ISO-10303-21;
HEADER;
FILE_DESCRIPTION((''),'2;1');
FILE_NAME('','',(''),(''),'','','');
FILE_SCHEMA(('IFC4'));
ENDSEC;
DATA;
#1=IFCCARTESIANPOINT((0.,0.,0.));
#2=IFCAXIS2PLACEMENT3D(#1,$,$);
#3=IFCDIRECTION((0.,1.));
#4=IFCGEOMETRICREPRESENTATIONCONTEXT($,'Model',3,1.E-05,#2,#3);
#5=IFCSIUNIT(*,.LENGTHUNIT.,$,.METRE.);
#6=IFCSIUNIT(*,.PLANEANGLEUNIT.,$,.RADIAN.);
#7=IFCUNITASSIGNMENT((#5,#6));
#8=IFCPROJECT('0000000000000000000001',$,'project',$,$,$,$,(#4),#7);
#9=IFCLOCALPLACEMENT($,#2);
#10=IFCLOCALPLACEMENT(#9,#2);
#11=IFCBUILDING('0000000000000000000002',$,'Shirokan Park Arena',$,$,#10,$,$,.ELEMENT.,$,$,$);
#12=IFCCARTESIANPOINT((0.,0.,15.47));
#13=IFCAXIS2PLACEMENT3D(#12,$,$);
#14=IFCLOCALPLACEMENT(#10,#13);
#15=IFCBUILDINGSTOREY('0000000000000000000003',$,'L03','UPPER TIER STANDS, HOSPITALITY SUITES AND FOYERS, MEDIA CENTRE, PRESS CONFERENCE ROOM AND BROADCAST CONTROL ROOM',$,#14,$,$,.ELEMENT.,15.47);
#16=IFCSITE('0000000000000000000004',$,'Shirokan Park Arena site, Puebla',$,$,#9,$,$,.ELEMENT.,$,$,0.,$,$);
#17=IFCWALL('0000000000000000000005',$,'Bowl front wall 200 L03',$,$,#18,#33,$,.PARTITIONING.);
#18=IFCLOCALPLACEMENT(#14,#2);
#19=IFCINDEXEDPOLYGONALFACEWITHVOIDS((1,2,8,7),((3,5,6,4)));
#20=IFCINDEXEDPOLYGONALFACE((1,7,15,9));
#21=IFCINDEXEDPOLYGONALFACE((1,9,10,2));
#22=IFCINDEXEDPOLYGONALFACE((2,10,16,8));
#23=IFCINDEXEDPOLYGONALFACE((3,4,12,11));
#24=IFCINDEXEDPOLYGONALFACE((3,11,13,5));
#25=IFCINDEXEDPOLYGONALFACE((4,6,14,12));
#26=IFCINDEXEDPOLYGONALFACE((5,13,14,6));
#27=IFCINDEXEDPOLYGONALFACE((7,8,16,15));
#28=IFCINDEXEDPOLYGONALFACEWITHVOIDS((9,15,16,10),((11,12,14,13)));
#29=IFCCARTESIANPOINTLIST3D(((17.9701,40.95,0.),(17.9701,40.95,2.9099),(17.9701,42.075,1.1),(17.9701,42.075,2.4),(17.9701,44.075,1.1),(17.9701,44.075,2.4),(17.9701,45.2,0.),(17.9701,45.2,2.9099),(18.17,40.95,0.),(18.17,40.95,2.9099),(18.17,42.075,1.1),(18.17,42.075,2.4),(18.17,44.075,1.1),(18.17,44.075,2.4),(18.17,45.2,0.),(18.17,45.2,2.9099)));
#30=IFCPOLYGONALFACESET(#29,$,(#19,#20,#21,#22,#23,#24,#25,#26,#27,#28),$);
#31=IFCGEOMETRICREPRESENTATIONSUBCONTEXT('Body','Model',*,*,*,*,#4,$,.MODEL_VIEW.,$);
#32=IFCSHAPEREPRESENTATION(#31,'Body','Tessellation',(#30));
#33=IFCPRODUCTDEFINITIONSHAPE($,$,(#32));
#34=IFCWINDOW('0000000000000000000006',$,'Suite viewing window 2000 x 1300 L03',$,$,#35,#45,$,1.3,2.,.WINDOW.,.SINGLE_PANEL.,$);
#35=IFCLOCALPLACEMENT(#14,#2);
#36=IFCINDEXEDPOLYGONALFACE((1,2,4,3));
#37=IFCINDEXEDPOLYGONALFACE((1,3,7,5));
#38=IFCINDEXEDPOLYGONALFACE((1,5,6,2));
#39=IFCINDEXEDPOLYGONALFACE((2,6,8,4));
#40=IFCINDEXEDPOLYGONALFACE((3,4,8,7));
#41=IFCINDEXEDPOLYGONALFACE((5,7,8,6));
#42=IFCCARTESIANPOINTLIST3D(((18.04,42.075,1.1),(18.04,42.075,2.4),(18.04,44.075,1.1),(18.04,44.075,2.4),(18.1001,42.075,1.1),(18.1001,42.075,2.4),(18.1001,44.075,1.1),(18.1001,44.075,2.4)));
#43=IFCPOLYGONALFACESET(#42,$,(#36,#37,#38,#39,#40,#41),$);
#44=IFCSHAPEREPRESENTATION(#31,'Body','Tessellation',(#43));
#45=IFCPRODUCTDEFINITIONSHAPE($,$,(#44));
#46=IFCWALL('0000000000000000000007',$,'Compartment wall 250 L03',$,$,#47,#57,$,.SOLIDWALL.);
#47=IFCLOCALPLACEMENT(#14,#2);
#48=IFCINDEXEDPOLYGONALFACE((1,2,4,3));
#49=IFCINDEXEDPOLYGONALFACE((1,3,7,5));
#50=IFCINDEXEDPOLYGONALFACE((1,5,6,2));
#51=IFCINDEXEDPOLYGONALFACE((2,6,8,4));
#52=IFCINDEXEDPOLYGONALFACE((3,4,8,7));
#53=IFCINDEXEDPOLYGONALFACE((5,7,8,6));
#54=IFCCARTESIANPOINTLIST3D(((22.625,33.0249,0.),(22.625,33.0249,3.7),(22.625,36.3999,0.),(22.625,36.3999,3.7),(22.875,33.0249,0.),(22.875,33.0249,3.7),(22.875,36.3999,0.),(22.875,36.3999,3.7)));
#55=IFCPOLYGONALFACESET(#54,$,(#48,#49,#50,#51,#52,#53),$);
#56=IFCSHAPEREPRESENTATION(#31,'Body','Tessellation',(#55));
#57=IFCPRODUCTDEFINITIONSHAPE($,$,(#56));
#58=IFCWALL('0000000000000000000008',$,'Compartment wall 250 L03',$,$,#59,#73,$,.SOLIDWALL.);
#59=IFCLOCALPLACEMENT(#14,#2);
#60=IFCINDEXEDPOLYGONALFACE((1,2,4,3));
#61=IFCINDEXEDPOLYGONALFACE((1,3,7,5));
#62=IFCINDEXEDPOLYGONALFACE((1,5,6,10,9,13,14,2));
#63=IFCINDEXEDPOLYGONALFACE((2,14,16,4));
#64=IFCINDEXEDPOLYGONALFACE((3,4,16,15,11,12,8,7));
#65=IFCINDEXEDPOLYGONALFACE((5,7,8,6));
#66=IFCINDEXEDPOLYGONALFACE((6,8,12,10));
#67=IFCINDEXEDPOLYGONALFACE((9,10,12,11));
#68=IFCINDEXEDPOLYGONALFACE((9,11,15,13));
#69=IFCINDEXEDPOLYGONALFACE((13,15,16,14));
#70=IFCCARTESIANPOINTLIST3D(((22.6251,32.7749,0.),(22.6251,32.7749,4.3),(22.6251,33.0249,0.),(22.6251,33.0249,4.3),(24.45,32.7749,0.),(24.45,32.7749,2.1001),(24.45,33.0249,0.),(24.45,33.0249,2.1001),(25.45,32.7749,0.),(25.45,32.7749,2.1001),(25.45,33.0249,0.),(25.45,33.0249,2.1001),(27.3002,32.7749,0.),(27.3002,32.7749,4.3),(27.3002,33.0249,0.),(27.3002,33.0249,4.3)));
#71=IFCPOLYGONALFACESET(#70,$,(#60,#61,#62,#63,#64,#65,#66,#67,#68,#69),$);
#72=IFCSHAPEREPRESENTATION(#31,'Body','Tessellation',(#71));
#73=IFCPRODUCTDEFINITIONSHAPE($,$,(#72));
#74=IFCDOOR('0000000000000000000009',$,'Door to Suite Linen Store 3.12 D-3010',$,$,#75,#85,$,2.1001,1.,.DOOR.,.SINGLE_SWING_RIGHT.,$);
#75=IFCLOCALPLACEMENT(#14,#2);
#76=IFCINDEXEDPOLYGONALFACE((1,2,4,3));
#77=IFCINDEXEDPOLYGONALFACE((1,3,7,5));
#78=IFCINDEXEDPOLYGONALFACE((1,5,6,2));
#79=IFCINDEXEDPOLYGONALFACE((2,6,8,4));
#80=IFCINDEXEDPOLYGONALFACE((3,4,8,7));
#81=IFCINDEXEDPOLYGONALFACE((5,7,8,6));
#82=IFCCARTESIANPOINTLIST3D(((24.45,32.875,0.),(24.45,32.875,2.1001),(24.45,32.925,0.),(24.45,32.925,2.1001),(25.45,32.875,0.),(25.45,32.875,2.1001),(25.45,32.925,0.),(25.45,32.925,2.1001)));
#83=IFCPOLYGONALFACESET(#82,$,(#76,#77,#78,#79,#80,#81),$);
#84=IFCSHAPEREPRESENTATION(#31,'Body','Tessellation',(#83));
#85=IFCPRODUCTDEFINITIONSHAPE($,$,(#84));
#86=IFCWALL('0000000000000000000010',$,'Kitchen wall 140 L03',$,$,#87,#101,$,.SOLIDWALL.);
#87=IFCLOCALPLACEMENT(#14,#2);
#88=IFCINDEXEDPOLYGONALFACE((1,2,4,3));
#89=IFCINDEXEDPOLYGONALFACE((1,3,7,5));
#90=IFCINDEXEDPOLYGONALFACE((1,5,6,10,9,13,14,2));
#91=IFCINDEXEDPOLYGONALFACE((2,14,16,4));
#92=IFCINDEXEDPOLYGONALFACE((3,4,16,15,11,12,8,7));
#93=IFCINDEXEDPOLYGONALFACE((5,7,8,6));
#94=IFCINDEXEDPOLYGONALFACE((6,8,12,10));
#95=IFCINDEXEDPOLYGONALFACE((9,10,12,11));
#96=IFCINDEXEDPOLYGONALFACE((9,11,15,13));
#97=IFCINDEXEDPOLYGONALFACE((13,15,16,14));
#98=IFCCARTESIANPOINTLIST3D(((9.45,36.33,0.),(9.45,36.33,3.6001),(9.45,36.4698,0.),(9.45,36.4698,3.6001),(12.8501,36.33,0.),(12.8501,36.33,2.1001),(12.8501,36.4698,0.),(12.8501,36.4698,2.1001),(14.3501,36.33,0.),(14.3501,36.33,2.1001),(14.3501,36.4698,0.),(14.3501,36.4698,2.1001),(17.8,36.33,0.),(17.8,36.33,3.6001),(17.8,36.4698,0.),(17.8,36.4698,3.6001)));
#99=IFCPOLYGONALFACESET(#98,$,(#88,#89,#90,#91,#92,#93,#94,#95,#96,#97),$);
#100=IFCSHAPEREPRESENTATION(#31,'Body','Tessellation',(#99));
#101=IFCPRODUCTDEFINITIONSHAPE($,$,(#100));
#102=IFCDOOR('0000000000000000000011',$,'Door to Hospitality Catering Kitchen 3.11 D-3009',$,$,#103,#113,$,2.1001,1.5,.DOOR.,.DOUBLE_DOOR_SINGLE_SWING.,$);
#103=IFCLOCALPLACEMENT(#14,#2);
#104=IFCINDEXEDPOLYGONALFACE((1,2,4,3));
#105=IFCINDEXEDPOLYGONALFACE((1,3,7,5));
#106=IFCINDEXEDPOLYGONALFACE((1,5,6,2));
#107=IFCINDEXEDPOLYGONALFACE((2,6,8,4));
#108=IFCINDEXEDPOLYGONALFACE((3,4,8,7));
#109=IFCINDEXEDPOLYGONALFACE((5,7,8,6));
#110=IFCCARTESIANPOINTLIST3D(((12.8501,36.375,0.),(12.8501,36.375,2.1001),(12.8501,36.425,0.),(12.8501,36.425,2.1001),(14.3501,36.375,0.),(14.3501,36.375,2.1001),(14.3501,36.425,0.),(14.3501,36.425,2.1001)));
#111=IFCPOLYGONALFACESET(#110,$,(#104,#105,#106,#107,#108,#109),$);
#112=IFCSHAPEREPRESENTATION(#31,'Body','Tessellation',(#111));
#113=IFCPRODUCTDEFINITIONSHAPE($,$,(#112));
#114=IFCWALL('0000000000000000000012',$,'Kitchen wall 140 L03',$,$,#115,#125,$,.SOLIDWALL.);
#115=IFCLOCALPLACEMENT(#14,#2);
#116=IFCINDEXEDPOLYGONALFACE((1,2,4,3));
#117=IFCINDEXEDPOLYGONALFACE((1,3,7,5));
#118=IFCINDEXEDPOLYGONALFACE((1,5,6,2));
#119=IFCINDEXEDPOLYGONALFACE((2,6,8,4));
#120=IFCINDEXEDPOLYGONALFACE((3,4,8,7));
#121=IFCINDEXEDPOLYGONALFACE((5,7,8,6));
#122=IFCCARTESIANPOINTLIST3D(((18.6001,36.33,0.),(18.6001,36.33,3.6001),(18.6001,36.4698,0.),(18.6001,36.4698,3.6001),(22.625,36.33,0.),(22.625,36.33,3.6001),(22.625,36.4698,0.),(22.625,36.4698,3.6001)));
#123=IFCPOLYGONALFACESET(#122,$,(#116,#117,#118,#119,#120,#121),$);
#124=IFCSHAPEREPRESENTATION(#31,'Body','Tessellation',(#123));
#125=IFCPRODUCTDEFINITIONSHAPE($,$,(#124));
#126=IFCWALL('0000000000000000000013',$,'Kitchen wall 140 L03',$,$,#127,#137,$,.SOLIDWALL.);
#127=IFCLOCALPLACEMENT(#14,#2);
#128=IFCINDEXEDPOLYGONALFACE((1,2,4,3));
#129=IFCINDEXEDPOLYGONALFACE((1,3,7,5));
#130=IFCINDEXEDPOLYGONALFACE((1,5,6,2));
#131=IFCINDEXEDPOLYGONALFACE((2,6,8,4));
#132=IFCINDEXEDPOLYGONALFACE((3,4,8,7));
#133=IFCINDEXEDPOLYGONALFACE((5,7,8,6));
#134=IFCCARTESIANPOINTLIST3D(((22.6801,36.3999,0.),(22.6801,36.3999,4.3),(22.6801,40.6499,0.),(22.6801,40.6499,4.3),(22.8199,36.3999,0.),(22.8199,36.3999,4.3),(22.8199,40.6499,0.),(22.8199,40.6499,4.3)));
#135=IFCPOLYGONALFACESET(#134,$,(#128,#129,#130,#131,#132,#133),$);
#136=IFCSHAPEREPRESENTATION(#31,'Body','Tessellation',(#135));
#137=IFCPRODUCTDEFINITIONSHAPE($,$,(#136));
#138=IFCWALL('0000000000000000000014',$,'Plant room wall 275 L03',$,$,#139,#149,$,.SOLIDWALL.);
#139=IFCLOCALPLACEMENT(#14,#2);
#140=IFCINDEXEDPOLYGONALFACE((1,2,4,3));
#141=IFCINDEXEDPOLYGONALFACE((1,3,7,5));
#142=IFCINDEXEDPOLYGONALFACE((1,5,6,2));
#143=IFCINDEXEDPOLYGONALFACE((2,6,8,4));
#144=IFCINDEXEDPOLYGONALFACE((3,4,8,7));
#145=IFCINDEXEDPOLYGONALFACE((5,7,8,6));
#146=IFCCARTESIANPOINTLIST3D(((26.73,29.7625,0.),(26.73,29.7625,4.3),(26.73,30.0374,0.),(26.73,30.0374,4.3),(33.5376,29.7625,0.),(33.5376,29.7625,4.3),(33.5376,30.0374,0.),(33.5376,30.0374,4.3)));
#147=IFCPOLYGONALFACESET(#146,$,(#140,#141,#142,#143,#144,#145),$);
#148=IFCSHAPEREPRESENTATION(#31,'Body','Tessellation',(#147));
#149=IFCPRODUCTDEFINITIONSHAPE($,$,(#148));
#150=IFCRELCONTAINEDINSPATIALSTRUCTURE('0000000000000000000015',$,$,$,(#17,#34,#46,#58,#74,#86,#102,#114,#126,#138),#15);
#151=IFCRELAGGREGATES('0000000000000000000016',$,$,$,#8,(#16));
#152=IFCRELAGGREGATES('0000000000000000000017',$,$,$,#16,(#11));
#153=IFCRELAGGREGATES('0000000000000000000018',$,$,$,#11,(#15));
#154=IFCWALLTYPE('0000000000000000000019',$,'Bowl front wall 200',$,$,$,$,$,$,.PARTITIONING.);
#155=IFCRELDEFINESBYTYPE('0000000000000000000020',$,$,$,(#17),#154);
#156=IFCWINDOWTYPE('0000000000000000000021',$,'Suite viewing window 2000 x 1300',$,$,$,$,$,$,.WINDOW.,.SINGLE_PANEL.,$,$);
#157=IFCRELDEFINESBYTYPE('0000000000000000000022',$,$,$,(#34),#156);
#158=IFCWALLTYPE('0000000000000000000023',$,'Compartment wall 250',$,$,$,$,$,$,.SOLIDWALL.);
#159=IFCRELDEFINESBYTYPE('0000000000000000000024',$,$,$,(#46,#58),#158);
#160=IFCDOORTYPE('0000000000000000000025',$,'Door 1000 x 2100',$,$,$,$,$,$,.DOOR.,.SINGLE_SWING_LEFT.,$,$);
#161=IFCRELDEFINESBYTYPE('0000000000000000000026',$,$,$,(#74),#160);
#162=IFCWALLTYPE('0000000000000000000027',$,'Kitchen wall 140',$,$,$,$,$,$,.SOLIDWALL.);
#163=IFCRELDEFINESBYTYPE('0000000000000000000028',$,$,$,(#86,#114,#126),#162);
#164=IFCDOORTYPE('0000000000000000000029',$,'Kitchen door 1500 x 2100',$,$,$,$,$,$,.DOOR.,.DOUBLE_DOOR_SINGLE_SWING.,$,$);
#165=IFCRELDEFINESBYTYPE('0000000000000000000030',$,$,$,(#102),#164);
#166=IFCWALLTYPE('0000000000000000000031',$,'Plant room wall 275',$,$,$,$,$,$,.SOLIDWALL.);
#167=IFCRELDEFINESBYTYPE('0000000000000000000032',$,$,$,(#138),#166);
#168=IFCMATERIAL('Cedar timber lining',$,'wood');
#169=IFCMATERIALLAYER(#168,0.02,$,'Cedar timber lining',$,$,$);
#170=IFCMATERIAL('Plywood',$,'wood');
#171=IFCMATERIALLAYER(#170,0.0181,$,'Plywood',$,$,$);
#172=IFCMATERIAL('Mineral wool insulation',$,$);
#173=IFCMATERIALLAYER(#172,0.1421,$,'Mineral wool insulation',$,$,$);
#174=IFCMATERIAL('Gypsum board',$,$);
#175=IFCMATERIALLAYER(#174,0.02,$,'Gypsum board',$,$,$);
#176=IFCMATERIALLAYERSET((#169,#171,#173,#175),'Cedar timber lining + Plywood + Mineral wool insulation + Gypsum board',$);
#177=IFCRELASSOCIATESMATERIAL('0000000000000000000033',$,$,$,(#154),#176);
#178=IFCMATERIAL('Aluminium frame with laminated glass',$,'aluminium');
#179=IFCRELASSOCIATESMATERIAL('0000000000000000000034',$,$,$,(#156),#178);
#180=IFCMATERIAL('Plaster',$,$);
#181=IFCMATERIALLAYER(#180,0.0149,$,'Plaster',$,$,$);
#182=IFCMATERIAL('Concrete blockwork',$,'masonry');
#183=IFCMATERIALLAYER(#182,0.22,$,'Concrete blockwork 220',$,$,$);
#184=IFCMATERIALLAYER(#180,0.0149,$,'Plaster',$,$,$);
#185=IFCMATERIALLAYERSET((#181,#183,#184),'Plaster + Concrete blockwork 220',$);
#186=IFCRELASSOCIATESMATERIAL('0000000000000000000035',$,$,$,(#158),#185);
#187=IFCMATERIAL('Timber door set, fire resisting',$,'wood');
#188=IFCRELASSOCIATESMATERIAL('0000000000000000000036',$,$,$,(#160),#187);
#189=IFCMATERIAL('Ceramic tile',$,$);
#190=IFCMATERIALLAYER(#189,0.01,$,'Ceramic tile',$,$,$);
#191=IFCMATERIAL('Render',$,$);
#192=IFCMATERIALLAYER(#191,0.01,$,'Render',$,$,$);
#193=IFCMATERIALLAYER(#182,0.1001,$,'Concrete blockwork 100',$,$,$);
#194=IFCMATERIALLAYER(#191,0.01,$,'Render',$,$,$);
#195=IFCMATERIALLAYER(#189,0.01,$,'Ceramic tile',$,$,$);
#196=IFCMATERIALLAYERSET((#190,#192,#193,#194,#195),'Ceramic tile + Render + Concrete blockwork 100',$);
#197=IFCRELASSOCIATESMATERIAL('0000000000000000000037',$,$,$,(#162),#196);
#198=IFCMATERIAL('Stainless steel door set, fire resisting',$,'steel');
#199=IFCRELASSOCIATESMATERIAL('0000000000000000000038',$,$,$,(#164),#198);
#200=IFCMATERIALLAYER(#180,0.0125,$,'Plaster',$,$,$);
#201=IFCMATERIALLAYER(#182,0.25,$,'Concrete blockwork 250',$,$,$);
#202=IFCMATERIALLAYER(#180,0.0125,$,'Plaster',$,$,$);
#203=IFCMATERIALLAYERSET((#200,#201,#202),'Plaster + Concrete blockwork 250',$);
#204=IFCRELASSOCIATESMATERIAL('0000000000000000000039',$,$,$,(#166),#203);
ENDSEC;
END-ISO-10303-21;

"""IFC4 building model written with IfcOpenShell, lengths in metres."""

from ifc_helpers import new_model, si_unit, direction, frame, frame_2d, origin, place, context, subcontext, project, spatial, rectangle, extrude, material, layer, layer_set, type_object, element, fill, save


model = new_model("IFC4")

# Units and contexts
model_context = context("Model", 3, precision=1e-05, world=origin(), true_north=direction((0.0, 1.0)))
body_context = subcontext(model_context, "Body", "Model", "MODEL_VIEW")
ifc_project = project(units=[si_unit("LENGTHUNIT", "METRE"), si_unit("PLANEANGLEUNIT", "RADIAN")], contexts=[model_context])

# Site, building, storey
site_placement = place(None, origin())
site = spatial("IfcSite", under=ifc_project, at=site_placement, Name="Shirokan Park Arena site, Puebla", CompositionType="ELEMENT", RefElevation=0.0)
building_placement = place(site_placement, origin())
building = spatial("IfcBuilding", under=site, at=building_placement, Name="Shirokan Park Arena", CompositionType="ELEMENT")
storey_placement = place(building_placement, frame((0.0, 0.0, 15.47)))
storey = spatial("IfcBuildingStorey", under=building, at=storey_placement, Name="L03", Description="UPPER TIER STANDS, HOSPITALITY SUITES AND FOYERS, MEDIA CENTRE, PRESS CONFERENCE ROOM AND BROADCAST CONTROL ROOM", CompositionType="ELEMENT", Elevation=15.47)

# Wall, opening, window
ifc_material_1 = material(Name="Cedar timber lining", Category="wood")
ifc_layer_1 = layer(ifc_material_1, 0.02, Name="Cedar timber lining")
ifc_material_2 = material(Name="Plywood", Category="wood")
ifc_layer_2 = layer(ifc_material_2, 0.0181, Name="Plywood")
ifc_material_3 = material(Name="Mineral wool insulation")
ifc_layer_3 = layer(ifc_material_3, 0.1421, Name="Mineral wool insulation")
ifc_material_4 = material(Name="Gypsum board")
ifc_layer_4 = layer(ifc_material_4, 0.02, Name="Gypsum board")
ifc_layer_set_1 = layer_set([ifc_layer_1, ifc_layer_2, ifc_layer_3, ifc_layer_4], Name="Cedar timber lining + Plywood + Mineral wool insulation + Gypsum board")
wall_type_1 = type_object("IfcWallType", Name="Bowl front wall 200", PredefinedType="PARTITIONING", material=ifc_layer_set_1)
wall_1_placement = place(storey_placement, frame((18.0701, 45.2, 0.0), z_axis=(0.0, 0.0, 1.0), x_axis=(0.0, -1.0, 0.0)))
wall_1 = element("IfcWall", 1, at=wall_1_placement, inside=storey, type_object=wall_type_1, Name="Bowl front wall 200 L03", PredefinedType="PARTITIONING", context=body_context, shape_type="SweptSolid", body=[
    extrude(rectangle(XDim=4.25, YDim=0.2, at=frame_2d((2.125, 0.0))), origin(), (0.0, 0.0, 1.0), 2.9099),
])
opening_1_placement = place(wall_1_placement, frame((1.125, 0.0, 1.1001)))
opening_1 = element("IfcOpeningElement", 2, at=opening_1_placement, cuts=wall_1, PredefinedType="OPENING", context=body_context, shape_type="SweptSolid", body=[
    extrude(rectangle(XDim=2.0, YDim=1.3, at=frame_2d((1.0, 0.6499))), frame((0.0, 0.1099, 0.0), z_axis=(0.0, -1.0, 0.0), x_axis=(1.0, 0.0, 0.0)), (0.0, 0.0, 1.0), 0.22),
])
ifc_material_5 = material(Name="Aluminium frame with laminated glass", Category="aluminium")
window_type = type_object("IfcWindowType", Name="Suite viewing window 2000 x 1300", PartitioningType="SINGLE_PANEL", PredefinedType="WINDOW", material=ifc_material_5)
window_placement = place(opening_1_placement, origin())
window = element("IfcWindow", 3, at=window_placement, inside=storey, type_object=window_type, Name="Suite viewing window 2000 x 1300 L03", OverallHeight=1.3, OverallWidth=2.0, PartitioningType="SINGLE_PANEL", PredefinedType="WINDOW", context=body_context, shape_type="SweptSolid", body=[
    extrude(rectangle(XDim=2.0, YDim=1.3, at=frame_2d((1.0, 0.6499))), frame((0.0, 0.03, 0.0), z_axis=(0.0, -1.0, 0.0), x_axis=(1.0, 0.0, 0.0)), (0.0, 0.0, 1.0), 0.0601),
])
fill(opening_1, window)

# Wall
ifc_material_6 = material(Name="Plaster")
ifc_layer_5 = layer(ifc_material_6, 0.0149, Name="Plaster")
ifc_material_7 = material(Name="Concrete blockwork", Category="masonry")
ifc_layer_6 = layer(ifc_material_7, 0.22, Name="Concrete blockwork 220")
ifc_layer_7 = layer(ifc_material_6, 0.0149, Name="Plaster")
ifc_layer_set_2 = layer_set([ifc_layer_5, ifc_layer_6, ifc_layer_7], Name="Plaster + Concrete blockwork 220")
wall_type_2 = type_object("IfcWallType", Name="Compartment wall 250", PredefinedType="SOLIDWALL", material=ifc_layer_set_2)
wall_2_placement = place(storey_placement, frame((22.75, 33.0249, 0.0), z_axis=(0.0, 0.0, 1.0), x_axis=(0.0, 1.0, 0.0)))
element("IfcWall", 4, at=wall_2_placement, inside=storey, type_object=wall_type_2, Name="Compartment wall 250 L03", PredefinedType="SOLIDWALL", context=body_context, shape_type="SweptSolid", body=[
    extrude(rectangle(XDim=3.375, YDim=0.25, at=frame_2d((1.6875, 0.0))), origin(), (0.0, 0.0, 1.0), 3.7),
])

# Walls, openings, doors
wall_3_placement = place(storey_placement, frame((27.3, 32.8999, 0.0), z_axis=(0.0, 0.0, 1.0), x_axis=(-1.0, 0.0, 0.0)))
wall_3 = element("IfcWall", 5, at=wall_3_placement, inside=storey, type_object=wall_type_2, Name="Compartment wall 250 L03", PredefinedType="SOLIDWALL", context=body_context, shape_type="SweptSolid", body=[
    extrude(rectangle(XDim=4.675, YDim=0.25, at=frame_2d((2.3374, 0.0))), origin(), (0.0, 0.0, 1.0), 4.3),
])
opening_2_placement = place(wall_3_placement, frame((1.8501, 0.0, 0.0)))
opening_2 = element("IfcOpeningElement", 6, at=opening_2_placement, cuts=wall_3, PredefinedType="OPENING", context=body_context, shape_type="SweptSolid", body=[
    extrude(rectangle(XDim=1.0, YDim=2.1001, at=frame_2d((0.5, 1.05))), frame((0.0, 0.135, 0.0), z_axis=(0.0, -1.0, 0.0), x_axis=(1.0, 0.0, 0.0)), (0.0, 0.0, 1.0), 0.27),
])
ifc_material_8 = material(Name="Timber door set, fire resisting", Category="wood")
door_type_1 = type_object("IfcDoorType", Name="Door 1000 x 2100", OperationType="SINGLE_SWING_LEFT", PredefinedType="DOOR", material=ifc_material_8)
door_1_placement = place(opening_2_placement, origin())
door_1 = element("IfcDoor", 7, at=door_1_placement, inside=storey, type_object=door_type_1, Name="Door to Suite Linen Store 3.12 D-3010", OperationType="SINGLE_SWING_RIGHT", OverallHeight=2.1001, OverallWidth=1.0, PredefinedType="DOOR", context=body_context, shape_type="SweptSolid", body=[
    extrude(rectangle(XDim=1.0, YDim=2.1001, at=frame_2d((0.5, 1.05))), frame((0.0, 0.0249, 0.0), z_axis=(0.0, -1.0, 0.0), x_axis=(1.0, 0.0, 0.0)), (0.0, 0.0, 1.0), 0.05),
])
fill(opening_2, door_1)
ifc_material_9 = material(Name="Ceramic tile")
ifc_layer_8 = layer(ifc_material_9, 0.01, Name="Ceramic tile")
ifc_material_10 = material(Name="Render")
ifc_layer_9 = layer(ifc_material_10, 0.01, Name="Render")
ifc_layer_10 = layer(ifc_material_7, 0.1001, Name="Concrete blockwork 100")
ifc_layer_11 = layer(ifc_material_10, 0.01, Name="Render")
ifc_layer_12 = layer(ifc_material_9, 0.01, Name="Ceramic tile")
ifc_layer_set_3 = layer_set([ifc_layer_8, ifc_layer_9, ifc_layer_10, ifc_layer_11, ifc_layer_12], Name="Ceramic tile + Render + Concrete blockwork 100")
wall_type_3 = type_object("IfcWallType", Name="Kitchen wall 140", PredefinedType="SOLIDWALL", material=ifc_layer_set_3)
wall_4_placement = place(storey_placement, frame((17.8, 36.3999, 0.0), z_axis=(0.0, 0.0, 1.0), x_axis=(-1.0, 0.0, 0.0)))
wall_4 = element("IfcWall", 8, at=wall_4_placement, inside=storey, type_object=wall_type_3, Name="Kitchen wall 140 L03", PredefinedType="SOLIDWALL", context=body_context, shape_type="SweptSolid", body=[
    extrude(rectangle(XDim=8.3501, YDim=0.1399, at=frame_2d((4.175, 0.0))), origin(), (0.0, 0.0, 1.0), 3.6001),
])
opening_3_placement = place(wall_4_placement, frame((3.45, 0.0, 0.0)))
opening_3 = element("IfcOpeningElement", 9, at=opening_3_placement, cuts=wall_4, PredefinedType="OPENING", context=body_context, shape_type="SweptSolid", body=[
    extrude(rectangle(XDim=1.5, YDim=2.1001, at=frame_2d((0.75, 1.05))), frame((0.0, 0.0798, 0.0), z_axis=(0.0, -1.0, 0.0), x_axis=(1.0, 0.0, 0.0)), (0.0, 0.0, 1.0), 0.1599),
])
ifc_material_11 = material(Name="Stainless steel door set, fire resisting", Category="steel")
door_type_2 = type_object("IfcDoorType", Name="Kitchen door 1500 x 2100", OperationType="DOUBLE_DOOR_SINGLE_SWING", PredefinedType="DOOR", material=ifc_material_11)
door_2_placement = place(opening_3_placement, origin())
door_2 = element("IfcDoor", 10, at=door_2_placement, inside=storey, type_object=door_type_2, Name="Door to Hospitality Catering Kitchen 3.11 D-3009", OperationType="DOUBLE_DOOR_SINGLE_SWING", OverallHeight=2.1001, OverallWidth=1.5, PredefinedType="DOOR", context=body_context, shape_type="SweptSolid", body=[
    extrude(rectangle(XDim=1.5, YDim=2.1001, at=frame_2d((0.75, 1.05))), frame((0.0, 0.0249, 0.0), z_axis=(0.0, -1.0, 0.0), x_axis=(1.0, 0.0, 0.0)), (0.0, 0.0, 1.0), 0.05),
])
fill(opening_3, door_2)

# Walls
wall_5_placement = place(storey_placement, frame((22.625, 36.3999, 0.0), z_axis=(0.0, 0.0, 1.0), x_axis=(-1.0, 0.0, 0.0)))
element("IfcWall", 11, at=wall_5_placement, inside=storey, type_object=wall_type_3, Name="Kitchen wall 140 L03", PredefinedType="SOLIDWALL", context=body_context, shape_type="SweptSolid", body=[
    extrude(rectangle(XDim=4.0249, YDim=0.1399, at=frame_2d((2.0125, 0.0))), origin(), (0.0, 0.0, 1.0), 3.6001),
])
wall_6_placement = place(storey_placement, frame((22.75, 40.6499, 0.0), z_axis=(0.0, 0.0, 1.0), x_axis=(0.0, -1.0, 0.0)))
element("IfcWall", 12, at=wall_6_placement, inside=storey, type_object=wall_type_3, Name="Kitchen wall 140 L03", PredefinedType="SOLIDWALL", context=body_context, shape_type="SweptSolid", body=[
    extrude(rectangle(XDim=4.25, YDim=0.1399, at=frame_2d((2.125, 0.0))), origin(), (0.0, 0.0, 1.0), 4.3),
])
ifc_layer_13 = layer(ifc_material_6, 0.0125, Name="Plaster")
ifc_layer_14 = layer(ifc_material_7, 0.25, Name="Concrete blockwork 250")
ifc_layer_15 = layer(ifc_material_6, 0.0125, Name="Plaster")
ifc_layer_set_4 = layer_set([ifc_layer_13, ifc_layer_14, ifc_layer_15], Name="Plaster + Concrete blockwork 250")
wall_type_4 = type_object("IfcWallType", Name="Plant room wall 275", PredefinedType="SOLIDWALL", material=ifc_layer_set_4)
wall_7_placement = place(storey_placement, frame((26.73, 29.8999, 0.0), z_axis=(0.0, 0.0, 1.0), x_axis=(1.0, 0.0, 0.0)))
element("IfcWall", 13, at=wall_7_placement, inside=storey, type_object=wall_type_4, Name="Plant room wall 275 L03", PredefinedType="SOLIDWALL", context=body_context, shape_type="SweptSolid", body=[
    extrude(rectangle(XDim=6.8076, YDim=0.2749, at=frame_2d((3.4038, 0.0))), origin(), (0.0, 0.0, 1.0), 4.3),
])

save(model, "model.ifc")
